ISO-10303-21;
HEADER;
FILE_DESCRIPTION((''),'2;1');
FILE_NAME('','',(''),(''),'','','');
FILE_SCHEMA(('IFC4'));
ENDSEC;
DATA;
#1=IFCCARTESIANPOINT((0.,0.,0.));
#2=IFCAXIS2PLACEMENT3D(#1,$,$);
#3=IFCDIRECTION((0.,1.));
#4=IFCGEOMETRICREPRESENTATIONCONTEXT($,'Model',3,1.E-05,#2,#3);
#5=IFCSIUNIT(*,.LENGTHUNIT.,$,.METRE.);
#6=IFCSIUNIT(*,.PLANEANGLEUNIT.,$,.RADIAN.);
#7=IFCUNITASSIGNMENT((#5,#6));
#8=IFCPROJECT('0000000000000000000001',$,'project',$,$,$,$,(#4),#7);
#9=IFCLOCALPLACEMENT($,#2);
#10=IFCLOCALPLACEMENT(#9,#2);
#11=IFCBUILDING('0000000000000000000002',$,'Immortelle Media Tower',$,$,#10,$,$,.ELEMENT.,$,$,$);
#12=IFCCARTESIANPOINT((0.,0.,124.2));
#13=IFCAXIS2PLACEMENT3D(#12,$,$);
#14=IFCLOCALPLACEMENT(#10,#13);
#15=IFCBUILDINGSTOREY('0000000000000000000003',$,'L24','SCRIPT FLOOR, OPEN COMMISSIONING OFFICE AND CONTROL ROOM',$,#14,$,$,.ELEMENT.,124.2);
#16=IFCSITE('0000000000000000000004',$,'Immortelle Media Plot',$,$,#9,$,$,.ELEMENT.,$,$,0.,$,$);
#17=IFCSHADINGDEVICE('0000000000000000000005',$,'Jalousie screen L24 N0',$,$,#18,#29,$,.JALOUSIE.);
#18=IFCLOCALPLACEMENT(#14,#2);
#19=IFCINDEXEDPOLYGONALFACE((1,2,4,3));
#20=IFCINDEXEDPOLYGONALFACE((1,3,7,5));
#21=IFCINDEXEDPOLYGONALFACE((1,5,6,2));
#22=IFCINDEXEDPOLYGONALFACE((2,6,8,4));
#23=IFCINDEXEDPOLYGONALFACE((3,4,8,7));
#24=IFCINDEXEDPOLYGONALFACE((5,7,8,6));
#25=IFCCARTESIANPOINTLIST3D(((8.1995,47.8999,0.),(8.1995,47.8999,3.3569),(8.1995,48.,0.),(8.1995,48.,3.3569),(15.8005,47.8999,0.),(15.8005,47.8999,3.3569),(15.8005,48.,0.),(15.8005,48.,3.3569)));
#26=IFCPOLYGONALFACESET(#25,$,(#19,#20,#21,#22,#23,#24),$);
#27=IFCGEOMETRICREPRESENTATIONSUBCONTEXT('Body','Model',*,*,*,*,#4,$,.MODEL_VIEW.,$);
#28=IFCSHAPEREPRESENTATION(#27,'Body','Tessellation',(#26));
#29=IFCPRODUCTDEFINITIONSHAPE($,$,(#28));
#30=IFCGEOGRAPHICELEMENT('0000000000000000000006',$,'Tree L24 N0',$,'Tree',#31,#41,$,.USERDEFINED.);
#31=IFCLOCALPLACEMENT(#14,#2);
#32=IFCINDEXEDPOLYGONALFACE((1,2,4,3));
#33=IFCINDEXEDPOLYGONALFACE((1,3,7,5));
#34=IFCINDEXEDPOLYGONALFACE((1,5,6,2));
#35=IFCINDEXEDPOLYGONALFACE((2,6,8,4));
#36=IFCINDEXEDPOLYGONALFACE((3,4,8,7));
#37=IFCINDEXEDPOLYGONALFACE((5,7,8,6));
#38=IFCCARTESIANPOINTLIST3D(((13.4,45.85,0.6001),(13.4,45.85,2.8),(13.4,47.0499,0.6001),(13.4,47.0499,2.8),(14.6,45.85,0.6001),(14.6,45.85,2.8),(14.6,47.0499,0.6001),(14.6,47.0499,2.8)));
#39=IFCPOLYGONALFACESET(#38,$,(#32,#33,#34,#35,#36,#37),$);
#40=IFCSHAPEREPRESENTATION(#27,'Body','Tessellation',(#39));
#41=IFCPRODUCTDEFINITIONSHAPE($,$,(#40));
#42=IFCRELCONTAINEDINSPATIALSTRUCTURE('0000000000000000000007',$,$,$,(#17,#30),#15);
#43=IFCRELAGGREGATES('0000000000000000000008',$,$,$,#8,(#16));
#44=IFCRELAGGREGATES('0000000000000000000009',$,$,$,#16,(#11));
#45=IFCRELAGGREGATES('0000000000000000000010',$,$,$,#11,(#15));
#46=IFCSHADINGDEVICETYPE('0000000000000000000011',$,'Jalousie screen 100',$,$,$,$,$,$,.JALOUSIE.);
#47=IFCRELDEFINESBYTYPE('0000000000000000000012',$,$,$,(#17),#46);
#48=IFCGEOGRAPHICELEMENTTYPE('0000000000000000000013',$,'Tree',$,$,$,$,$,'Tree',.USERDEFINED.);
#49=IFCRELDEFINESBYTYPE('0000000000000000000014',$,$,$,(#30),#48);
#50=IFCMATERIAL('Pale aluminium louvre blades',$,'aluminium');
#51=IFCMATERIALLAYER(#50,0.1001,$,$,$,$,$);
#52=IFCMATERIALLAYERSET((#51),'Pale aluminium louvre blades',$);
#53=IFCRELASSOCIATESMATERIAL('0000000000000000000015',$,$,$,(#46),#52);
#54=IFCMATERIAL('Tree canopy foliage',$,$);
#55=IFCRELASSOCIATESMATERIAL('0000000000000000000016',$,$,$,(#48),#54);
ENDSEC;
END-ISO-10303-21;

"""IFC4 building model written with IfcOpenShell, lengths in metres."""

from ifc_helpers import new_model, si_unit, direction, frame, origin, origin_2d, place, context, subcontext, project, spatial, rectangle, extrude, material, layer, layer_set, type_object, element, save


model = new_model("IFC4")

# Units and contexts
model_context = context("Model", 3, precision=1e-05, world=origin(), true_north=direction((0.0, 1.0)))
body_context = subcontext(model_context, "Body", "Model", "MODEL_VIEW")
ifc_project = project(units=[si_unit("LENGTHUNIT", "METRE"), si_unit("PLANEANGLEUNIT", "RADIAN")], contexts=[model_context])

# Site, building, storey
site_placement = place(None, origin())
site = spatial("IfcSite", under=ifc_project, at=site_placement, Name="Immortelle Media Plot", CompositionType="ELEMENT", RefElevation=0.0)
building_placement = place(site_placement, origin())
building = spatial("IfcBuilding", under=site, at=building_placement, Name="Immortelle Media Tower", CompositionType="ELEMENT")
storey_placement = place(building_placement, frame((0.0, 0.0, 124.2)))
storey = spatial("IfcBuildingStorey", under=building, at=storey_placement, Name="L24", Description="SCRIPT FLOOR, OPEN COMMISSIONING OFFICE AND CONTROL ROOM", CompositionType="ELEMENT", Elevation=124.2)

# Shading device
ifc_material_1 = material(Name="Pale aluminium louvre blades", Category="aluminium")
ifc_layer_1 = layer(ifc_material_1, 0.1001)
ifc_layer_set_1 = layer_set([ifc_layer_1], Name="Pale aluminium louvre blades")
shading_device_type = type_object("IfcShadingDeviceType", Name="Jalousie screen 100", PredefinedType="JALOUSIE", material=ifc_layer_set_1)
shading_device_placement = place(storey_placement, frame((12.0, 47.95, 0.0), z_axis=(0.0, 0.0, 1.0), x_axis=(-1.0, 0.0, 0.0)))
element("IfcShadingDevice", 1, at=shading_device_placement, inside=storey, type_object=shading_device_type, Name="Jalousie screen L24 N0", PredefinedType="JALOUSIE", context=body_context, shape_type="SweptSolid", body=[
    extrude(rectangle(XDim=7.6011, YDim=0.1001, at=origin_2d()), origin(), (0.0, 0.0, 1.0), 3.3569),
])

# Geographic element
ifc_material_2 = material(Name="Tree canopy foliage")
geographic_element_type = type_object("IfcGeographicElementType", Name="Tree", ElementType="Tree", PredefinedType="USERDEFINED", material=ifc_material_2)
geographic_element_placement = place(storey_placement, frame((14.0, 46.45, 0.6001), z_axis=(0.0, 0.0, 1.0), x_axis=(1.0, 0.0, 0.0)))
element("IfcGeographicElement", 2, at=geographic_element_placement, inside=storey, type_object=geographic_element_type, Name="Tree L24 N0", ObjectType="Tree", PredefinedType="USERDEFINED", context=body_context, shape_type="SweptSolid", body=[
    extrude(rectangle(XDim=1.2, YDim=1.2, at=origin_2d()), origin(), (0.0, 0.0, 1.0), 2.2),
])

save(model, "model.ifc")
